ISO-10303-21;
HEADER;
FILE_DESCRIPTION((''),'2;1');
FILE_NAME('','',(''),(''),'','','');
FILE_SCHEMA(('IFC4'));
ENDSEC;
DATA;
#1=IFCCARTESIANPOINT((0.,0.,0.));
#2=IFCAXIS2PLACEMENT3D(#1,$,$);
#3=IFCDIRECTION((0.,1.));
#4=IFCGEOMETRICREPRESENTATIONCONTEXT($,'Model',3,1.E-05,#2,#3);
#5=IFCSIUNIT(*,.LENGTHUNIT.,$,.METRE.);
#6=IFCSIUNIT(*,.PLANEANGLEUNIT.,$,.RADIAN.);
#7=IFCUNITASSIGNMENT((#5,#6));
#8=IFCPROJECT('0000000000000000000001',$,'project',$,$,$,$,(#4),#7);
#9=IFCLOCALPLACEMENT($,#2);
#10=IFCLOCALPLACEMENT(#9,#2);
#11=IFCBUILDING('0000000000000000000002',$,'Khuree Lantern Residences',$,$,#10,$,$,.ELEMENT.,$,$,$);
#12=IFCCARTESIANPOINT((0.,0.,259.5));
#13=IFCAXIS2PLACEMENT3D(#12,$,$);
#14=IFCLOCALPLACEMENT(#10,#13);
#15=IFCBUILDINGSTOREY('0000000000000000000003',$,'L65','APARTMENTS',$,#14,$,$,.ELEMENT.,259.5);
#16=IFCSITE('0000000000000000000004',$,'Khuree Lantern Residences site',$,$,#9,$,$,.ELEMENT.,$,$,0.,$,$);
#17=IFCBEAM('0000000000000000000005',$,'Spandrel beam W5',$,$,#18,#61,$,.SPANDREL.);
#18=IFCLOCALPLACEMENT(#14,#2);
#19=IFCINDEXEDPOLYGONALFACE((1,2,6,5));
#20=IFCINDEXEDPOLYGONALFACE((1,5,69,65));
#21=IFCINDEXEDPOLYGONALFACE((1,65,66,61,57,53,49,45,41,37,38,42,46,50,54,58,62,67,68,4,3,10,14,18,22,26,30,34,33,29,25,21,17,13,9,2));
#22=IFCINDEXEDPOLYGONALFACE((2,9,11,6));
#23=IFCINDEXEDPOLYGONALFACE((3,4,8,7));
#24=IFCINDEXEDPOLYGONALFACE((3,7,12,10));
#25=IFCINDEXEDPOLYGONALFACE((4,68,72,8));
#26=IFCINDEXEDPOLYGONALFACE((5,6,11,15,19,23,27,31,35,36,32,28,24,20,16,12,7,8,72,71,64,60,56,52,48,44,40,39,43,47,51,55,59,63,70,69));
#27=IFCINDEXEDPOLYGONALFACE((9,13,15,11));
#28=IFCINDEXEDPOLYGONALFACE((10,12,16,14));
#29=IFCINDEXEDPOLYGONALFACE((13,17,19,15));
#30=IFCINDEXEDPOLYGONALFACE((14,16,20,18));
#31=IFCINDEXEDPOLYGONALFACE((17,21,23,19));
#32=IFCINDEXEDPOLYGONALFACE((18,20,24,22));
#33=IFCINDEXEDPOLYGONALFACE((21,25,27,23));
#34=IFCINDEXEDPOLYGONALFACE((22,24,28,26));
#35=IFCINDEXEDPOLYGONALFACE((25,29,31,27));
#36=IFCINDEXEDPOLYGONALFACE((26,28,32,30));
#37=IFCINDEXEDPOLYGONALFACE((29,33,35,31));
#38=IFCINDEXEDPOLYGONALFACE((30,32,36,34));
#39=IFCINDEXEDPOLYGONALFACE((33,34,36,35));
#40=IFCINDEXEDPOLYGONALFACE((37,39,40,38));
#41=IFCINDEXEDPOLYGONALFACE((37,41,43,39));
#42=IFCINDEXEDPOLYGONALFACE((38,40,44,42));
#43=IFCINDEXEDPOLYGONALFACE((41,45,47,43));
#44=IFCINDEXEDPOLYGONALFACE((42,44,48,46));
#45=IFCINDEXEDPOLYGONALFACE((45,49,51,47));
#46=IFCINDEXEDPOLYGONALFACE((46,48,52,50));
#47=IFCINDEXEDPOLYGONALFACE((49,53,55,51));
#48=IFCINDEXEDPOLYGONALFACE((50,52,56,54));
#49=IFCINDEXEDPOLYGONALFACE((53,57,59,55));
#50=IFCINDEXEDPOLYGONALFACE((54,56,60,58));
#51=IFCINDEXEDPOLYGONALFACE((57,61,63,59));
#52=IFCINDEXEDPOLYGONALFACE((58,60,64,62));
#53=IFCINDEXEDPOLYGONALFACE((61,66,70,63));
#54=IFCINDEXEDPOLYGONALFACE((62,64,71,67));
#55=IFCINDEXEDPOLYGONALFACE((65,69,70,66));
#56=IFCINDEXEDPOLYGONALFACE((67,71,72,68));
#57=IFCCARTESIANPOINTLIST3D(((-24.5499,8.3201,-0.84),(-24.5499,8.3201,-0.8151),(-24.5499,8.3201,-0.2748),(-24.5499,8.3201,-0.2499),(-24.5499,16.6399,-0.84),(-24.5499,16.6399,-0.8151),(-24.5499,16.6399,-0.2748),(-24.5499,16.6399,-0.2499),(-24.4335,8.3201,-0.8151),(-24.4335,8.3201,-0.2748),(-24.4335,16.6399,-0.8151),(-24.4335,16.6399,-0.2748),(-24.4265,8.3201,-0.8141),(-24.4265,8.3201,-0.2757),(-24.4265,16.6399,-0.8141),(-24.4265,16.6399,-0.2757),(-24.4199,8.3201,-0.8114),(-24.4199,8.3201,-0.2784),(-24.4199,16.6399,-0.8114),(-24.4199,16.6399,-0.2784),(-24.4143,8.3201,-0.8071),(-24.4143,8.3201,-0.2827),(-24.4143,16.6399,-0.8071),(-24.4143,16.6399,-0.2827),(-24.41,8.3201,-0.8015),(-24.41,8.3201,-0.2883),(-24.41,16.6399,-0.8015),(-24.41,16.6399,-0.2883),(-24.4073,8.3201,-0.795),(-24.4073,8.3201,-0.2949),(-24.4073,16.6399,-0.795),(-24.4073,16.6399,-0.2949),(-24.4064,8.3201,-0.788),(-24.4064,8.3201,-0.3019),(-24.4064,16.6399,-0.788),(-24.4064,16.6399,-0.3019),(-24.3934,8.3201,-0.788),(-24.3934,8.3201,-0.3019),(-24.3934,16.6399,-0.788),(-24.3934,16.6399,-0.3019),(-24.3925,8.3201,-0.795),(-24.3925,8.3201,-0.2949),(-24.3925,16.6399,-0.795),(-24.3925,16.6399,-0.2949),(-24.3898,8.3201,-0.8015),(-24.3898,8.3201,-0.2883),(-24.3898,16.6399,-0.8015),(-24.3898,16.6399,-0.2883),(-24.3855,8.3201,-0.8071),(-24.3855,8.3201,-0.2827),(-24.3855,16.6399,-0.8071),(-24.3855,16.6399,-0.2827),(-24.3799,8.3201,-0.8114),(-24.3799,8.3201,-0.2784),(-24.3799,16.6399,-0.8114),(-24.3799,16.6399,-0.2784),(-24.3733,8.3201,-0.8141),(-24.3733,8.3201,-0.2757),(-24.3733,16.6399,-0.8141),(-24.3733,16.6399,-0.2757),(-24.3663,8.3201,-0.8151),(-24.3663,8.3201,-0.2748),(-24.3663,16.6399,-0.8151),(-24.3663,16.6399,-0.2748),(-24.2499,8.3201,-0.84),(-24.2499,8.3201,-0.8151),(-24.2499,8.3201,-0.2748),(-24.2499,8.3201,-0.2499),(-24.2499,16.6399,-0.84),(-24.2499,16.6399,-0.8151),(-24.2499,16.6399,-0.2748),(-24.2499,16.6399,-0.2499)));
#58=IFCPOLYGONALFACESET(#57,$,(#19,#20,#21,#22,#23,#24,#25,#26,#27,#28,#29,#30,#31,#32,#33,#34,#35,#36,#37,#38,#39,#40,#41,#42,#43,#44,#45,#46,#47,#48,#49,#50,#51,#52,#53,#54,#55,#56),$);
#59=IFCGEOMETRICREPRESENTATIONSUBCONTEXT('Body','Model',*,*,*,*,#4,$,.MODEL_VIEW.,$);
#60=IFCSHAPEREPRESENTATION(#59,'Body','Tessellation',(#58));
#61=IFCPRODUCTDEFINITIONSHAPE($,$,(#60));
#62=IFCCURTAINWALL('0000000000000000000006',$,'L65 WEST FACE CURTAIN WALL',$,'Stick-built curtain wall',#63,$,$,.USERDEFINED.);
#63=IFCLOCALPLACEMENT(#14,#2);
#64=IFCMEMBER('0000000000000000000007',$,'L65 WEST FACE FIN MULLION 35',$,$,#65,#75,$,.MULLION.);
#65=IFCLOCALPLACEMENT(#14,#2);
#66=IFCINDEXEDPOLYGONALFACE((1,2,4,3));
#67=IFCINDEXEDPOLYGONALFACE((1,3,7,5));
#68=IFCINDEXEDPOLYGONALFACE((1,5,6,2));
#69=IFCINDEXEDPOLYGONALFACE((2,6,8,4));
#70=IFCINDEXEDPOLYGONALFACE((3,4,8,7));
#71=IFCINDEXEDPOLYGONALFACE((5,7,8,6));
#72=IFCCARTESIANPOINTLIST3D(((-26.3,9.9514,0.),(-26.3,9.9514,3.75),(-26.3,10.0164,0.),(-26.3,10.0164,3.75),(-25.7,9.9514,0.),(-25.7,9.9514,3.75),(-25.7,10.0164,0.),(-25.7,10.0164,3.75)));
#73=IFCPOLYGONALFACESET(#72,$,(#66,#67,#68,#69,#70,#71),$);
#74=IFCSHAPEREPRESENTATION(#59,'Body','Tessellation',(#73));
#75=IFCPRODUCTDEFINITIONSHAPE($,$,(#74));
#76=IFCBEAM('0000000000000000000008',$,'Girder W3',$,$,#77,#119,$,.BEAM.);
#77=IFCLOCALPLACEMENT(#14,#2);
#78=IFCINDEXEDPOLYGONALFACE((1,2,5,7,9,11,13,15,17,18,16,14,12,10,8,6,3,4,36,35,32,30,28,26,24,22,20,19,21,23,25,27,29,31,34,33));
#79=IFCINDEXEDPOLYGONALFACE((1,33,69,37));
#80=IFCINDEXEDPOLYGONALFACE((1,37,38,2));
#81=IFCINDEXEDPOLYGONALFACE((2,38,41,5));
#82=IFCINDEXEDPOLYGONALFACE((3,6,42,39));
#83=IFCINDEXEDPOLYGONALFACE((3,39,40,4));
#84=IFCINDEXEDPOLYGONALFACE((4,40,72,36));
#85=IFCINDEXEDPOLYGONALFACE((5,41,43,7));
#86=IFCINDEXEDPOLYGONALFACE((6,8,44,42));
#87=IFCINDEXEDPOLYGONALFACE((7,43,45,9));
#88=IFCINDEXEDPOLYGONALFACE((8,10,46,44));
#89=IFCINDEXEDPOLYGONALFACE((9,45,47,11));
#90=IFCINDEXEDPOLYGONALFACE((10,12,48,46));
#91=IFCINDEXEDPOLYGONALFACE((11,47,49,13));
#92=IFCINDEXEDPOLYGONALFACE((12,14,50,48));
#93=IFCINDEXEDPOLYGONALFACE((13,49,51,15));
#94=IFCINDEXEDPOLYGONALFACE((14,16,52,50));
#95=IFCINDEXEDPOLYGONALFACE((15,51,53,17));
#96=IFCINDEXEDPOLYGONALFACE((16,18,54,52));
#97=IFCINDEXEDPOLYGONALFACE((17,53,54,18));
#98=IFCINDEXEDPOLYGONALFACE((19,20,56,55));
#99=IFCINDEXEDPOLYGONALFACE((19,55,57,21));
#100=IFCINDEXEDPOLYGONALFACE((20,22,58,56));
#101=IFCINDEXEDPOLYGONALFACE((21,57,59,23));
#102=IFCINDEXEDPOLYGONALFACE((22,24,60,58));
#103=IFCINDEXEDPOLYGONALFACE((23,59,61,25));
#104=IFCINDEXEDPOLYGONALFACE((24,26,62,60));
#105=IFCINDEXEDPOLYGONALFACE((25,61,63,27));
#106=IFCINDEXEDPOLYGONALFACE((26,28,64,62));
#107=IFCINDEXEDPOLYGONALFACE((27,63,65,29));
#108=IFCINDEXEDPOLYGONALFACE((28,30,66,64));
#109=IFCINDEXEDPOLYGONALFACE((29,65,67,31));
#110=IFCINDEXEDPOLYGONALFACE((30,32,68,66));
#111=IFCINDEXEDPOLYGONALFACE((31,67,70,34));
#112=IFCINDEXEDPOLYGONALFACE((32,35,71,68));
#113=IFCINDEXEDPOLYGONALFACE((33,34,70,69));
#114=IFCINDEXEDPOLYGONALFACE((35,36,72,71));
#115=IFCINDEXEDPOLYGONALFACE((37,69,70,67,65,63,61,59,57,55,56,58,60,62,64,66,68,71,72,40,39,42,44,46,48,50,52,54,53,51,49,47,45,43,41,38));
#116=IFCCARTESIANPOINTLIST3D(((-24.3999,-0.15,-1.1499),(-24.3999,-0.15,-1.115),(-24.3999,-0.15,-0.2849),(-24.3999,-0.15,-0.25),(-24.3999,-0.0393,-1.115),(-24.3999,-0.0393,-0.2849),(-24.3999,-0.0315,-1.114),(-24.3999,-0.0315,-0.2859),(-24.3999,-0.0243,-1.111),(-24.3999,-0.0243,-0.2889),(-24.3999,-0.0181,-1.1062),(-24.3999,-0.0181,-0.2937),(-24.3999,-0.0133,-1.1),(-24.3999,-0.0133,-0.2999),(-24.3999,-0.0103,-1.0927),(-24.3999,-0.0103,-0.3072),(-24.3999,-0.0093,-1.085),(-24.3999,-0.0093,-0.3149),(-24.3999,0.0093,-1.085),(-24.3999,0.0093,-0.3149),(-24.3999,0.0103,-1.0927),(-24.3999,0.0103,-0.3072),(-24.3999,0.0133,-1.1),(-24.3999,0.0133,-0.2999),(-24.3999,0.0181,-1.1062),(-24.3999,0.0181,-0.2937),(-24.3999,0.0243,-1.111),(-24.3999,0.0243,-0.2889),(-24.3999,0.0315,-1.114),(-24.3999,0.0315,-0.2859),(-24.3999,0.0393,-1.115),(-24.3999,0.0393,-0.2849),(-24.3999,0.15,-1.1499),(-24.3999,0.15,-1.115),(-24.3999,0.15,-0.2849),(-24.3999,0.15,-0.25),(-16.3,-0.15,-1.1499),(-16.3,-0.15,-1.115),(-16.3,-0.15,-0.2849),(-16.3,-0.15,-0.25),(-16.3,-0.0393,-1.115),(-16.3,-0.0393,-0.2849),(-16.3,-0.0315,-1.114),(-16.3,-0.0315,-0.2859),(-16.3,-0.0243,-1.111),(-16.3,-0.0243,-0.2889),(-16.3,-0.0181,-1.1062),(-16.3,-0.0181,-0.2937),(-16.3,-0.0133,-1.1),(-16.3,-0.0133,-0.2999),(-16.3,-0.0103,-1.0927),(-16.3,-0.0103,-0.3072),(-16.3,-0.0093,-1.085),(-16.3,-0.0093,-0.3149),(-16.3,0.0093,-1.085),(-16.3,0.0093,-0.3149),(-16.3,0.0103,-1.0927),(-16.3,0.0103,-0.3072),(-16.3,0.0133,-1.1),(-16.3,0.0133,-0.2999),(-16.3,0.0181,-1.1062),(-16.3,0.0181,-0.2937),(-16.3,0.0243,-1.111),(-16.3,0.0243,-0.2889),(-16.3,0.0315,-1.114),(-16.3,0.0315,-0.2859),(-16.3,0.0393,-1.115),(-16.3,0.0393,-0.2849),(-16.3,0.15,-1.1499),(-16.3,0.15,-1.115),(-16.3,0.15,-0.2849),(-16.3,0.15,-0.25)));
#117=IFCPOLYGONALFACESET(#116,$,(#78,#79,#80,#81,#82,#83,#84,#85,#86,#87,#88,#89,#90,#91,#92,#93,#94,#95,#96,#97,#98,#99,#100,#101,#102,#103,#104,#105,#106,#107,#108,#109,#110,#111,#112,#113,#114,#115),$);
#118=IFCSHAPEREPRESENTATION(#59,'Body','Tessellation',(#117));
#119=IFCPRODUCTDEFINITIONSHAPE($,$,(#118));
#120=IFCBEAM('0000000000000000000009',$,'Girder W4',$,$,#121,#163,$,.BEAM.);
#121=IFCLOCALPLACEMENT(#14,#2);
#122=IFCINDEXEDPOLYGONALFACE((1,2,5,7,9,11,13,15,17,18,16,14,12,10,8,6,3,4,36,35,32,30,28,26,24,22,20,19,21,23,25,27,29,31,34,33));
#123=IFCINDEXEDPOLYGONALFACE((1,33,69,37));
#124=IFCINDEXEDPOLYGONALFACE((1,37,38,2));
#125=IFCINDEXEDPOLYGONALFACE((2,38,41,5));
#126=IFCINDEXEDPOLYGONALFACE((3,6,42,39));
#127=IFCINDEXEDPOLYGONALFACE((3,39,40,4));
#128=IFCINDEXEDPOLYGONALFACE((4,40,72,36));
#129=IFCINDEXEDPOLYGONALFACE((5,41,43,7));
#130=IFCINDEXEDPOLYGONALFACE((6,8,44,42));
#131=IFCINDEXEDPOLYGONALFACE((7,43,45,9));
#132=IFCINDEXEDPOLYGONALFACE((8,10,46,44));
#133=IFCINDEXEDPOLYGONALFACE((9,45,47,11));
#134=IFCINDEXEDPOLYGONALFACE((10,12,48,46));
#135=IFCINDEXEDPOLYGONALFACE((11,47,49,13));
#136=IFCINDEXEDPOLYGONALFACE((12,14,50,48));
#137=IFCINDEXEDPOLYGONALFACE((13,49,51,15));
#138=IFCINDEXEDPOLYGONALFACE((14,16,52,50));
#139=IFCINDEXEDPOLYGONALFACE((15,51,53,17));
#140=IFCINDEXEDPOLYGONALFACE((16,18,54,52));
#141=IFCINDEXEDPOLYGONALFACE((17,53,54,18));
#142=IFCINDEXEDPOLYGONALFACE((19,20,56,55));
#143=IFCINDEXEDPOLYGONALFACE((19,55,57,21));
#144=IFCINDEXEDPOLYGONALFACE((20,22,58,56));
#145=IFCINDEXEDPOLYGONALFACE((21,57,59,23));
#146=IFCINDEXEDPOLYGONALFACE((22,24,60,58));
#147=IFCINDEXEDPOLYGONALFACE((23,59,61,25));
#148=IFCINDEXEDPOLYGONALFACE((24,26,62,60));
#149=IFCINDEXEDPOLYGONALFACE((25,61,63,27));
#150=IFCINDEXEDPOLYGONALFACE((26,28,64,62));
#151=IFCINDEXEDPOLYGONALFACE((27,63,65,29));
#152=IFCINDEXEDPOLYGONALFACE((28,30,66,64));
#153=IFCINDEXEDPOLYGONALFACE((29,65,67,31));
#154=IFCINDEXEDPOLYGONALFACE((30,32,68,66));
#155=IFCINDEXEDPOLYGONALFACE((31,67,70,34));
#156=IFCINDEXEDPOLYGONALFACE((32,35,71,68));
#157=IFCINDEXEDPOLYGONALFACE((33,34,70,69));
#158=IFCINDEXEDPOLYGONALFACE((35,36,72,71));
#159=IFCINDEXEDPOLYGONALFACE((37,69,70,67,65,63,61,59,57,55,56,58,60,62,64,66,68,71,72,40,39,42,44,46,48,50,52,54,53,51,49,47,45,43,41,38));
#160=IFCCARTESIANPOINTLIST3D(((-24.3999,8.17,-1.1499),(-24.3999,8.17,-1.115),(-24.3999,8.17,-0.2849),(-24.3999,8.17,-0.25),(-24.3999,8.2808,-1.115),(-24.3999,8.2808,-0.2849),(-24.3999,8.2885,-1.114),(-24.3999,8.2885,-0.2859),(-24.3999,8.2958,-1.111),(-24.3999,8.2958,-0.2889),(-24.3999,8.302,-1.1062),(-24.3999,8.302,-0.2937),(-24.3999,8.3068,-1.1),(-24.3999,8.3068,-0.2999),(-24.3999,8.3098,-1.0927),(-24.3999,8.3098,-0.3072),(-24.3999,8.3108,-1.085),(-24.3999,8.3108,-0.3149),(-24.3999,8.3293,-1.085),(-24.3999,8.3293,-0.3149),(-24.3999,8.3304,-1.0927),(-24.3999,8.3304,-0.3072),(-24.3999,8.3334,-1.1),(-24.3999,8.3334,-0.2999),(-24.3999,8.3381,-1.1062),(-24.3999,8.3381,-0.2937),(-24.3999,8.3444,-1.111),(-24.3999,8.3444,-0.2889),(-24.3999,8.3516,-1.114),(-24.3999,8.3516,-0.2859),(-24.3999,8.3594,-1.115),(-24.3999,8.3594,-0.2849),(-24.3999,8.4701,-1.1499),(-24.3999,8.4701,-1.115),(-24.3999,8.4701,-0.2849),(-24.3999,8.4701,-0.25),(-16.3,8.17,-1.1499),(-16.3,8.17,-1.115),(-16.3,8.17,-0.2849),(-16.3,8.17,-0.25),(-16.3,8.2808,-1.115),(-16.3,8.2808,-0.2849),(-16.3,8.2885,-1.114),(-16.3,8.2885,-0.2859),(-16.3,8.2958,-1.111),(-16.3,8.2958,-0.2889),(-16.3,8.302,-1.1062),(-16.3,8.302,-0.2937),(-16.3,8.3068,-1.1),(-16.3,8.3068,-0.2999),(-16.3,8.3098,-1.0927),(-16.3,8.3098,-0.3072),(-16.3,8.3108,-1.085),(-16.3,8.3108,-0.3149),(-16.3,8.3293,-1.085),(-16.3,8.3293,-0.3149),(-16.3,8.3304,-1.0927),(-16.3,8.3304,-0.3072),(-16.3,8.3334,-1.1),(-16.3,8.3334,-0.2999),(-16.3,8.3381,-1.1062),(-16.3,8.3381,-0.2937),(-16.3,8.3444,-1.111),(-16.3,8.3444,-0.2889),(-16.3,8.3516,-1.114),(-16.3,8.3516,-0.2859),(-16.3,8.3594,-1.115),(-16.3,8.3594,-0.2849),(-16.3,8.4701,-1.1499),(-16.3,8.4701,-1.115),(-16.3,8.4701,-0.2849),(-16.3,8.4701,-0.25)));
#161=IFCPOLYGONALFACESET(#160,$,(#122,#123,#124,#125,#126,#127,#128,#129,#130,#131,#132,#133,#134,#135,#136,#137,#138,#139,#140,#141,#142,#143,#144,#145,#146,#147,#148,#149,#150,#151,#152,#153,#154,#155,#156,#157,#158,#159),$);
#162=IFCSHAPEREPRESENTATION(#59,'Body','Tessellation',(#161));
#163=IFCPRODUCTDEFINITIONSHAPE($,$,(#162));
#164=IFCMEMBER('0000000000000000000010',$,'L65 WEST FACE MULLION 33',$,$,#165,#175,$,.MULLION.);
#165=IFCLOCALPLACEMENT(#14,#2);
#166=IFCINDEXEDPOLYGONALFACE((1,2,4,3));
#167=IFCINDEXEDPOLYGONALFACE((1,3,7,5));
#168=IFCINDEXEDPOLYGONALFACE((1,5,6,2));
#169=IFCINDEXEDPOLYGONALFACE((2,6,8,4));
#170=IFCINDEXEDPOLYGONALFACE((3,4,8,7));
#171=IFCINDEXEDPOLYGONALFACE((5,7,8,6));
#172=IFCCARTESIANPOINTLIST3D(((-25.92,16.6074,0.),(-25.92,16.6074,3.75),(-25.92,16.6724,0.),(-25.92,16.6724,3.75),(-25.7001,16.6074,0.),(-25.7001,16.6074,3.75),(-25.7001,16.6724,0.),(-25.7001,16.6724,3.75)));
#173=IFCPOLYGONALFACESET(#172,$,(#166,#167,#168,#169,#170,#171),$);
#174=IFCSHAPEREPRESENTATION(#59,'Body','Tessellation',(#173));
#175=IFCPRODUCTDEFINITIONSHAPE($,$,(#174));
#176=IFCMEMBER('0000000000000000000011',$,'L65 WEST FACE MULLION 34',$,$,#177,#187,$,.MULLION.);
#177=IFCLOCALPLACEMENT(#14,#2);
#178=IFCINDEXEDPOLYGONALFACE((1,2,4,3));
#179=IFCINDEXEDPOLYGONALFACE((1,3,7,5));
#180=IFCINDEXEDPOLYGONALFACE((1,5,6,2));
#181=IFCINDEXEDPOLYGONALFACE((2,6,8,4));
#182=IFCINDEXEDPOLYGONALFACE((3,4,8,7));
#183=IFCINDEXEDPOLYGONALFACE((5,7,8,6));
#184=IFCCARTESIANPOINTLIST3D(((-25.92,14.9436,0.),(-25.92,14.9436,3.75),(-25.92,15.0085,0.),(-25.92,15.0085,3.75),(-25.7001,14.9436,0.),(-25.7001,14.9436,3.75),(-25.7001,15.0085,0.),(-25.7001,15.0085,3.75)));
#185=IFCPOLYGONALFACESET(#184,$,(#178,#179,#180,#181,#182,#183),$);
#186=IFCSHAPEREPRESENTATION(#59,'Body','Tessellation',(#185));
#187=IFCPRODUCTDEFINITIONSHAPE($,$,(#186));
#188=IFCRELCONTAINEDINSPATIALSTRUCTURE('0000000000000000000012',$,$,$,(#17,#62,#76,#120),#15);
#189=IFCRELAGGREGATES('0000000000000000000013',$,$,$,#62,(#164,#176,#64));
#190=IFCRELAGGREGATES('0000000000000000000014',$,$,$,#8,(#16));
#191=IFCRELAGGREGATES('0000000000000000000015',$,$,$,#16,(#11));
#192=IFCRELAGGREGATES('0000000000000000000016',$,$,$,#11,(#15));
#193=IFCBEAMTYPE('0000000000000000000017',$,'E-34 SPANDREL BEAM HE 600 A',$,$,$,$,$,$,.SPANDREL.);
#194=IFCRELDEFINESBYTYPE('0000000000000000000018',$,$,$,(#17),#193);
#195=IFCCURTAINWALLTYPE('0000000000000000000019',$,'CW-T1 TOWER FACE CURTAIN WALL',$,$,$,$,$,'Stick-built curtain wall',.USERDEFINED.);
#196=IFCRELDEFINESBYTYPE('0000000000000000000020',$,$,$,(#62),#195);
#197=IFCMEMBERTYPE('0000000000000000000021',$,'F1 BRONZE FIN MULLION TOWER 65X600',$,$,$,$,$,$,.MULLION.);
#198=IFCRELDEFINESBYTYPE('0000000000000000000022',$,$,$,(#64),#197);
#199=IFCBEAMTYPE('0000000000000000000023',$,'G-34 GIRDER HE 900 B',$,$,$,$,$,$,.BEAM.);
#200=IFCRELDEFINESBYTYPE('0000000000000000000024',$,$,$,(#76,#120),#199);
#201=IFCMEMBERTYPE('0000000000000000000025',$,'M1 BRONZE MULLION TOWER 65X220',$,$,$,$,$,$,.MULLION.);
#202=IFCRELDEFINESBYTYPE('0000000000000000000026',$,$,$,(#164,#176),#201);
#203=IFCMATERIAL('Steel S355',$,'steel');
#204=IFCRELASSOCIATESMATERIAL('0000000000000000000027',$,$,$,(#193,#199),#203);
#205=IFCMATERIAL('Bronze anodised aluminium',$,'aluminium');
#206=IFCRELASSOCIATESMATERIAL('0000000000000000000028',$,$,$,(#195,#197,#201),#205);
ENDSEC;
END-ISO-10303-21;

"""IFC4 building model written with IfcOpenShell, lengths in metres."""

from ifc_helpers import new_model, si_unit, direction, frame, origin, origin_2d, place, context, subcontext, project, spatial, rectangle, i_section, extrude, material, material_profile, profile_set, type_object, element, aggregate, save


model = new_model("IFC4")

# Units and contexts
model_context = context("Model", 3, precision=1e-05, world=origin(), true_north=direction((0.0, 1.0)))
body_context = subcontext(model_context, "Body", "Model", "MODEL_VIEW")
ifc_project = project(units=[si_unit("LENGTHUNIT", "METRE"), si_unit("PLANEANGLEUNIT", "RADIAN")], contexts=[model_context])

# Site, building, storey
site_placement = place(None, origin())
site = spatial("IfcSite", under=ifc_project, at=site_placement, Name="Khuree Lantern Residences site", CompositionType="ELEMENT", RefElevation=0.0)
building_placement = place(site_placement, origin())
building = spatial("IfcBuilding", under=site, at=building_placement, Name="Khuree Lantern Residences", CompositionType="ELEMENT")
storey_placement = place(building_placement, frame((0.0, 0.0, 259.5)))
storey = spatial("IfcBuildingStorey", under=building, at=storey_placement, Name="L65", Description="APARTMENTS", CompositionType="ELEMENT", Elevation=259.5)

# Beam
ifc_material_1 = material(Name="Steel S355", Category="steel")
ifc_material_profile_1 = material_profile(ifc_material_1, i_section(OverallWidth=0.3, OverallDepth=0.5901, WebThickness=0.0129, FlangeThickness=0.0249, FilletRadius=0.0271, at=origin_2d()), Name="HE 600 A")
ifc_profile_set_1 = profile_set([ifc_material_profile_1], Name="Steel S355")
beam_type_1 = type_object("IfcBeamType", Name="E-34 SPANDREL BEAM HE 600 A", PredefinedType="SPANDREL", material=ifc_profile_set_1)
beam_1_placement = place(storey_placement, frame((-24.3999, 8.3201, -0.5449), z_axis=(0.0, 1.0, 0.0), x_axis=(-1.0, 0.0, 0.0)))
element("IfcBeam", 1, at=beam_1_placement, inside=storey, type_object=beam_type_1, Name="Spandrel beam W5", PredefinedType="SPANDREL", context=body_context, shape_type="SweptSolid", body=[
    extrude(i_section(OverallWidth=0.3, OverallDepth=0.5901, WebThickness=0.0129, FlangeThickness=0.0249, FilletRadius=0.0271, at=origin_2d()), origin(), (0.0, 0.0, 1.0), 8.3198),
])

# Curtain wall, member
ifc_material_2 = material(Name="Bronze anodised aluminium", Category="aluminium")
curtain_wall_type = type_object("IfcCurtainWallType", Name="CW-T1 TOWER FACE CURTAIN WALL", ElementType="Stick-built curtain wall", PredefinedType="USERDEFINED", material=ifc_material_2)
curtain_wall_placement = place(storey_placement, origin())
curtain_wall = element("IfcCurtainWall", 2, at=curtain_wall_placement, inside=storey, type_object=curtain_wall_type, Name="L65 WEST FACE CURTAIN WALL", ObjectType="Stick-built curtain wall", PredefinedType="USERDEFINED")
ifc_material_profile_2 = material_profile(ifc_material_2, rectangle(XDim=0.0649, YDim=0.6001, at=origin_2d()), Name="F1 65X600")
ifc_profile_set_2 = profile_set([ifc_material_profile_2], Name="Bronze anodised aluminium")
member_type_1 = type_object("IfcMemberType", Name="F1 BRONZE FIN MULLION TOWER 65X600", PredefinedType="MULLION", material=ifc_profile_set_2)
member_1_placement = place(storey_placement, frame((-26.0, 9.9839, 0.0), z_axis=(0.0, 0.0, 1.0), x_axis=(0.0, -1.0, 0.0)))
member_1 = element("IfcMember", 3, at=member_1_placement, type_object=member_type_1, Name="L65 WEST FACE FIN MULLION 35", PredefinedType="MULLION", context=body_context, shape_type="SweptSolid", body=[
    extrude(rectangle(XDim=0.0649, YDim=0.6001, at=origin_2d()), origin(), (0.0, 0.0, 1.0), 3.75),
])

# Beams
ifc_material_profile_3 = material_profile(ifc_material_1, i_section(OverallWidth=0.3, OverallDepth=0.8999, WebThickness=0.0186, FlangeThickness=0.0349, FilletRadius=0.03, at=origin_2d()), Name="HE 900 B")
ifc_profile_set_3 = profile_set([ifc_material_profile_3], Name="Steel S355")
beam_type_2 = type_object("IfcBeamType", Name="G-34 GIRDER HE 900 B", PredefinedType="BEAM", material=ifc_profile_set_3)
for number, where, z_axis, x_axis, name in (
    (4, (-24.3999, 0.0, -0.7), (1.0, 0.0, 0.0), (0.0, 1.0, 0.0), "Girder W3"),
    (5, (-24.3999, 8.3201, -0.7), (1.0, 0.0, 0.0), (0.0, 1.0, 0.0), "Girder W4"),
):
    element("IfcBeam", number, at=place(storey_placement, frame(where, z_axis=z_axis, x_axis=x_axis)), inside=storey, type_object=beam_type_2, Name=name, PredefinedType="BEAM", context=body_context, shape_type="SweptSolid", body=[
        extrude(i_section(OverallWidth=0.3, OverallDepth=0.8999, WebThickness=0.0186, FlangeThickness=0.0349, FilletRadius=0.03, at=origin_2d()), origin(), (0.0, 0.0, 1.0), 8.0999),
    ])

# Members
ifc_material_profile_4 = material_profile(ifc_material_2, rectangle(XDim=0.0649, YDim=0.22, at=origin_2d()), Name="M1 65X220")
ifc_profile_set_4 = profile_set([ifc_material_profile_4], Name="Bronze anodised aluminium")
member_type_2 = type_object("IfcMemberType", Name="M1 BRONZE MULLION TOWER 65X220", PredefinedType="MULLION", material=ifc_profile_set_4)
member_2_placement = place(storey_placement, frame((-25.8101, 16.6399, 0.0), z_axis=(0.0, 0.0, 1.0), x_axis=(0.0, -1.0, 0.0)))
member_2 = element("IfcMember", 6, at=member_2_placement, type_object=member_type_2, Name="L65 WEST FACE MULLION 33", PredefinedType="MULLION", context=body_context, shape_type="SweptSolid", body=[
    extrude(rectangle(XDim=0.0649, YDim=0.22, at=origin_2d()), origin(), (0.0, 0.0, 1.0), 3.75),
])
member_3_placement = place(storey_placement, frame((-25.8101, 14.9761, 0.0), z_axis=(0.0, 0.0, 1.0), x_axis=(0.0, -1.0, 0.0)))
member_3 = element("IfcMember", 7, at=member_3_placement, type_object=member_type_2, Name="L65 WEST FACE MULLION 34", PredefinedType="MULLION", context=body_context, shape_type="SweptSolid", body=[
    extrude(rectangle(XDim=0.0649, YDim=0.22, at=origin_2d()), origin(), (0.0, 0.0, 1.0), 3.75),
])

aggregate(curtain_wall, [member_2, member_3, member_1])

save(model, "model.ifc")
